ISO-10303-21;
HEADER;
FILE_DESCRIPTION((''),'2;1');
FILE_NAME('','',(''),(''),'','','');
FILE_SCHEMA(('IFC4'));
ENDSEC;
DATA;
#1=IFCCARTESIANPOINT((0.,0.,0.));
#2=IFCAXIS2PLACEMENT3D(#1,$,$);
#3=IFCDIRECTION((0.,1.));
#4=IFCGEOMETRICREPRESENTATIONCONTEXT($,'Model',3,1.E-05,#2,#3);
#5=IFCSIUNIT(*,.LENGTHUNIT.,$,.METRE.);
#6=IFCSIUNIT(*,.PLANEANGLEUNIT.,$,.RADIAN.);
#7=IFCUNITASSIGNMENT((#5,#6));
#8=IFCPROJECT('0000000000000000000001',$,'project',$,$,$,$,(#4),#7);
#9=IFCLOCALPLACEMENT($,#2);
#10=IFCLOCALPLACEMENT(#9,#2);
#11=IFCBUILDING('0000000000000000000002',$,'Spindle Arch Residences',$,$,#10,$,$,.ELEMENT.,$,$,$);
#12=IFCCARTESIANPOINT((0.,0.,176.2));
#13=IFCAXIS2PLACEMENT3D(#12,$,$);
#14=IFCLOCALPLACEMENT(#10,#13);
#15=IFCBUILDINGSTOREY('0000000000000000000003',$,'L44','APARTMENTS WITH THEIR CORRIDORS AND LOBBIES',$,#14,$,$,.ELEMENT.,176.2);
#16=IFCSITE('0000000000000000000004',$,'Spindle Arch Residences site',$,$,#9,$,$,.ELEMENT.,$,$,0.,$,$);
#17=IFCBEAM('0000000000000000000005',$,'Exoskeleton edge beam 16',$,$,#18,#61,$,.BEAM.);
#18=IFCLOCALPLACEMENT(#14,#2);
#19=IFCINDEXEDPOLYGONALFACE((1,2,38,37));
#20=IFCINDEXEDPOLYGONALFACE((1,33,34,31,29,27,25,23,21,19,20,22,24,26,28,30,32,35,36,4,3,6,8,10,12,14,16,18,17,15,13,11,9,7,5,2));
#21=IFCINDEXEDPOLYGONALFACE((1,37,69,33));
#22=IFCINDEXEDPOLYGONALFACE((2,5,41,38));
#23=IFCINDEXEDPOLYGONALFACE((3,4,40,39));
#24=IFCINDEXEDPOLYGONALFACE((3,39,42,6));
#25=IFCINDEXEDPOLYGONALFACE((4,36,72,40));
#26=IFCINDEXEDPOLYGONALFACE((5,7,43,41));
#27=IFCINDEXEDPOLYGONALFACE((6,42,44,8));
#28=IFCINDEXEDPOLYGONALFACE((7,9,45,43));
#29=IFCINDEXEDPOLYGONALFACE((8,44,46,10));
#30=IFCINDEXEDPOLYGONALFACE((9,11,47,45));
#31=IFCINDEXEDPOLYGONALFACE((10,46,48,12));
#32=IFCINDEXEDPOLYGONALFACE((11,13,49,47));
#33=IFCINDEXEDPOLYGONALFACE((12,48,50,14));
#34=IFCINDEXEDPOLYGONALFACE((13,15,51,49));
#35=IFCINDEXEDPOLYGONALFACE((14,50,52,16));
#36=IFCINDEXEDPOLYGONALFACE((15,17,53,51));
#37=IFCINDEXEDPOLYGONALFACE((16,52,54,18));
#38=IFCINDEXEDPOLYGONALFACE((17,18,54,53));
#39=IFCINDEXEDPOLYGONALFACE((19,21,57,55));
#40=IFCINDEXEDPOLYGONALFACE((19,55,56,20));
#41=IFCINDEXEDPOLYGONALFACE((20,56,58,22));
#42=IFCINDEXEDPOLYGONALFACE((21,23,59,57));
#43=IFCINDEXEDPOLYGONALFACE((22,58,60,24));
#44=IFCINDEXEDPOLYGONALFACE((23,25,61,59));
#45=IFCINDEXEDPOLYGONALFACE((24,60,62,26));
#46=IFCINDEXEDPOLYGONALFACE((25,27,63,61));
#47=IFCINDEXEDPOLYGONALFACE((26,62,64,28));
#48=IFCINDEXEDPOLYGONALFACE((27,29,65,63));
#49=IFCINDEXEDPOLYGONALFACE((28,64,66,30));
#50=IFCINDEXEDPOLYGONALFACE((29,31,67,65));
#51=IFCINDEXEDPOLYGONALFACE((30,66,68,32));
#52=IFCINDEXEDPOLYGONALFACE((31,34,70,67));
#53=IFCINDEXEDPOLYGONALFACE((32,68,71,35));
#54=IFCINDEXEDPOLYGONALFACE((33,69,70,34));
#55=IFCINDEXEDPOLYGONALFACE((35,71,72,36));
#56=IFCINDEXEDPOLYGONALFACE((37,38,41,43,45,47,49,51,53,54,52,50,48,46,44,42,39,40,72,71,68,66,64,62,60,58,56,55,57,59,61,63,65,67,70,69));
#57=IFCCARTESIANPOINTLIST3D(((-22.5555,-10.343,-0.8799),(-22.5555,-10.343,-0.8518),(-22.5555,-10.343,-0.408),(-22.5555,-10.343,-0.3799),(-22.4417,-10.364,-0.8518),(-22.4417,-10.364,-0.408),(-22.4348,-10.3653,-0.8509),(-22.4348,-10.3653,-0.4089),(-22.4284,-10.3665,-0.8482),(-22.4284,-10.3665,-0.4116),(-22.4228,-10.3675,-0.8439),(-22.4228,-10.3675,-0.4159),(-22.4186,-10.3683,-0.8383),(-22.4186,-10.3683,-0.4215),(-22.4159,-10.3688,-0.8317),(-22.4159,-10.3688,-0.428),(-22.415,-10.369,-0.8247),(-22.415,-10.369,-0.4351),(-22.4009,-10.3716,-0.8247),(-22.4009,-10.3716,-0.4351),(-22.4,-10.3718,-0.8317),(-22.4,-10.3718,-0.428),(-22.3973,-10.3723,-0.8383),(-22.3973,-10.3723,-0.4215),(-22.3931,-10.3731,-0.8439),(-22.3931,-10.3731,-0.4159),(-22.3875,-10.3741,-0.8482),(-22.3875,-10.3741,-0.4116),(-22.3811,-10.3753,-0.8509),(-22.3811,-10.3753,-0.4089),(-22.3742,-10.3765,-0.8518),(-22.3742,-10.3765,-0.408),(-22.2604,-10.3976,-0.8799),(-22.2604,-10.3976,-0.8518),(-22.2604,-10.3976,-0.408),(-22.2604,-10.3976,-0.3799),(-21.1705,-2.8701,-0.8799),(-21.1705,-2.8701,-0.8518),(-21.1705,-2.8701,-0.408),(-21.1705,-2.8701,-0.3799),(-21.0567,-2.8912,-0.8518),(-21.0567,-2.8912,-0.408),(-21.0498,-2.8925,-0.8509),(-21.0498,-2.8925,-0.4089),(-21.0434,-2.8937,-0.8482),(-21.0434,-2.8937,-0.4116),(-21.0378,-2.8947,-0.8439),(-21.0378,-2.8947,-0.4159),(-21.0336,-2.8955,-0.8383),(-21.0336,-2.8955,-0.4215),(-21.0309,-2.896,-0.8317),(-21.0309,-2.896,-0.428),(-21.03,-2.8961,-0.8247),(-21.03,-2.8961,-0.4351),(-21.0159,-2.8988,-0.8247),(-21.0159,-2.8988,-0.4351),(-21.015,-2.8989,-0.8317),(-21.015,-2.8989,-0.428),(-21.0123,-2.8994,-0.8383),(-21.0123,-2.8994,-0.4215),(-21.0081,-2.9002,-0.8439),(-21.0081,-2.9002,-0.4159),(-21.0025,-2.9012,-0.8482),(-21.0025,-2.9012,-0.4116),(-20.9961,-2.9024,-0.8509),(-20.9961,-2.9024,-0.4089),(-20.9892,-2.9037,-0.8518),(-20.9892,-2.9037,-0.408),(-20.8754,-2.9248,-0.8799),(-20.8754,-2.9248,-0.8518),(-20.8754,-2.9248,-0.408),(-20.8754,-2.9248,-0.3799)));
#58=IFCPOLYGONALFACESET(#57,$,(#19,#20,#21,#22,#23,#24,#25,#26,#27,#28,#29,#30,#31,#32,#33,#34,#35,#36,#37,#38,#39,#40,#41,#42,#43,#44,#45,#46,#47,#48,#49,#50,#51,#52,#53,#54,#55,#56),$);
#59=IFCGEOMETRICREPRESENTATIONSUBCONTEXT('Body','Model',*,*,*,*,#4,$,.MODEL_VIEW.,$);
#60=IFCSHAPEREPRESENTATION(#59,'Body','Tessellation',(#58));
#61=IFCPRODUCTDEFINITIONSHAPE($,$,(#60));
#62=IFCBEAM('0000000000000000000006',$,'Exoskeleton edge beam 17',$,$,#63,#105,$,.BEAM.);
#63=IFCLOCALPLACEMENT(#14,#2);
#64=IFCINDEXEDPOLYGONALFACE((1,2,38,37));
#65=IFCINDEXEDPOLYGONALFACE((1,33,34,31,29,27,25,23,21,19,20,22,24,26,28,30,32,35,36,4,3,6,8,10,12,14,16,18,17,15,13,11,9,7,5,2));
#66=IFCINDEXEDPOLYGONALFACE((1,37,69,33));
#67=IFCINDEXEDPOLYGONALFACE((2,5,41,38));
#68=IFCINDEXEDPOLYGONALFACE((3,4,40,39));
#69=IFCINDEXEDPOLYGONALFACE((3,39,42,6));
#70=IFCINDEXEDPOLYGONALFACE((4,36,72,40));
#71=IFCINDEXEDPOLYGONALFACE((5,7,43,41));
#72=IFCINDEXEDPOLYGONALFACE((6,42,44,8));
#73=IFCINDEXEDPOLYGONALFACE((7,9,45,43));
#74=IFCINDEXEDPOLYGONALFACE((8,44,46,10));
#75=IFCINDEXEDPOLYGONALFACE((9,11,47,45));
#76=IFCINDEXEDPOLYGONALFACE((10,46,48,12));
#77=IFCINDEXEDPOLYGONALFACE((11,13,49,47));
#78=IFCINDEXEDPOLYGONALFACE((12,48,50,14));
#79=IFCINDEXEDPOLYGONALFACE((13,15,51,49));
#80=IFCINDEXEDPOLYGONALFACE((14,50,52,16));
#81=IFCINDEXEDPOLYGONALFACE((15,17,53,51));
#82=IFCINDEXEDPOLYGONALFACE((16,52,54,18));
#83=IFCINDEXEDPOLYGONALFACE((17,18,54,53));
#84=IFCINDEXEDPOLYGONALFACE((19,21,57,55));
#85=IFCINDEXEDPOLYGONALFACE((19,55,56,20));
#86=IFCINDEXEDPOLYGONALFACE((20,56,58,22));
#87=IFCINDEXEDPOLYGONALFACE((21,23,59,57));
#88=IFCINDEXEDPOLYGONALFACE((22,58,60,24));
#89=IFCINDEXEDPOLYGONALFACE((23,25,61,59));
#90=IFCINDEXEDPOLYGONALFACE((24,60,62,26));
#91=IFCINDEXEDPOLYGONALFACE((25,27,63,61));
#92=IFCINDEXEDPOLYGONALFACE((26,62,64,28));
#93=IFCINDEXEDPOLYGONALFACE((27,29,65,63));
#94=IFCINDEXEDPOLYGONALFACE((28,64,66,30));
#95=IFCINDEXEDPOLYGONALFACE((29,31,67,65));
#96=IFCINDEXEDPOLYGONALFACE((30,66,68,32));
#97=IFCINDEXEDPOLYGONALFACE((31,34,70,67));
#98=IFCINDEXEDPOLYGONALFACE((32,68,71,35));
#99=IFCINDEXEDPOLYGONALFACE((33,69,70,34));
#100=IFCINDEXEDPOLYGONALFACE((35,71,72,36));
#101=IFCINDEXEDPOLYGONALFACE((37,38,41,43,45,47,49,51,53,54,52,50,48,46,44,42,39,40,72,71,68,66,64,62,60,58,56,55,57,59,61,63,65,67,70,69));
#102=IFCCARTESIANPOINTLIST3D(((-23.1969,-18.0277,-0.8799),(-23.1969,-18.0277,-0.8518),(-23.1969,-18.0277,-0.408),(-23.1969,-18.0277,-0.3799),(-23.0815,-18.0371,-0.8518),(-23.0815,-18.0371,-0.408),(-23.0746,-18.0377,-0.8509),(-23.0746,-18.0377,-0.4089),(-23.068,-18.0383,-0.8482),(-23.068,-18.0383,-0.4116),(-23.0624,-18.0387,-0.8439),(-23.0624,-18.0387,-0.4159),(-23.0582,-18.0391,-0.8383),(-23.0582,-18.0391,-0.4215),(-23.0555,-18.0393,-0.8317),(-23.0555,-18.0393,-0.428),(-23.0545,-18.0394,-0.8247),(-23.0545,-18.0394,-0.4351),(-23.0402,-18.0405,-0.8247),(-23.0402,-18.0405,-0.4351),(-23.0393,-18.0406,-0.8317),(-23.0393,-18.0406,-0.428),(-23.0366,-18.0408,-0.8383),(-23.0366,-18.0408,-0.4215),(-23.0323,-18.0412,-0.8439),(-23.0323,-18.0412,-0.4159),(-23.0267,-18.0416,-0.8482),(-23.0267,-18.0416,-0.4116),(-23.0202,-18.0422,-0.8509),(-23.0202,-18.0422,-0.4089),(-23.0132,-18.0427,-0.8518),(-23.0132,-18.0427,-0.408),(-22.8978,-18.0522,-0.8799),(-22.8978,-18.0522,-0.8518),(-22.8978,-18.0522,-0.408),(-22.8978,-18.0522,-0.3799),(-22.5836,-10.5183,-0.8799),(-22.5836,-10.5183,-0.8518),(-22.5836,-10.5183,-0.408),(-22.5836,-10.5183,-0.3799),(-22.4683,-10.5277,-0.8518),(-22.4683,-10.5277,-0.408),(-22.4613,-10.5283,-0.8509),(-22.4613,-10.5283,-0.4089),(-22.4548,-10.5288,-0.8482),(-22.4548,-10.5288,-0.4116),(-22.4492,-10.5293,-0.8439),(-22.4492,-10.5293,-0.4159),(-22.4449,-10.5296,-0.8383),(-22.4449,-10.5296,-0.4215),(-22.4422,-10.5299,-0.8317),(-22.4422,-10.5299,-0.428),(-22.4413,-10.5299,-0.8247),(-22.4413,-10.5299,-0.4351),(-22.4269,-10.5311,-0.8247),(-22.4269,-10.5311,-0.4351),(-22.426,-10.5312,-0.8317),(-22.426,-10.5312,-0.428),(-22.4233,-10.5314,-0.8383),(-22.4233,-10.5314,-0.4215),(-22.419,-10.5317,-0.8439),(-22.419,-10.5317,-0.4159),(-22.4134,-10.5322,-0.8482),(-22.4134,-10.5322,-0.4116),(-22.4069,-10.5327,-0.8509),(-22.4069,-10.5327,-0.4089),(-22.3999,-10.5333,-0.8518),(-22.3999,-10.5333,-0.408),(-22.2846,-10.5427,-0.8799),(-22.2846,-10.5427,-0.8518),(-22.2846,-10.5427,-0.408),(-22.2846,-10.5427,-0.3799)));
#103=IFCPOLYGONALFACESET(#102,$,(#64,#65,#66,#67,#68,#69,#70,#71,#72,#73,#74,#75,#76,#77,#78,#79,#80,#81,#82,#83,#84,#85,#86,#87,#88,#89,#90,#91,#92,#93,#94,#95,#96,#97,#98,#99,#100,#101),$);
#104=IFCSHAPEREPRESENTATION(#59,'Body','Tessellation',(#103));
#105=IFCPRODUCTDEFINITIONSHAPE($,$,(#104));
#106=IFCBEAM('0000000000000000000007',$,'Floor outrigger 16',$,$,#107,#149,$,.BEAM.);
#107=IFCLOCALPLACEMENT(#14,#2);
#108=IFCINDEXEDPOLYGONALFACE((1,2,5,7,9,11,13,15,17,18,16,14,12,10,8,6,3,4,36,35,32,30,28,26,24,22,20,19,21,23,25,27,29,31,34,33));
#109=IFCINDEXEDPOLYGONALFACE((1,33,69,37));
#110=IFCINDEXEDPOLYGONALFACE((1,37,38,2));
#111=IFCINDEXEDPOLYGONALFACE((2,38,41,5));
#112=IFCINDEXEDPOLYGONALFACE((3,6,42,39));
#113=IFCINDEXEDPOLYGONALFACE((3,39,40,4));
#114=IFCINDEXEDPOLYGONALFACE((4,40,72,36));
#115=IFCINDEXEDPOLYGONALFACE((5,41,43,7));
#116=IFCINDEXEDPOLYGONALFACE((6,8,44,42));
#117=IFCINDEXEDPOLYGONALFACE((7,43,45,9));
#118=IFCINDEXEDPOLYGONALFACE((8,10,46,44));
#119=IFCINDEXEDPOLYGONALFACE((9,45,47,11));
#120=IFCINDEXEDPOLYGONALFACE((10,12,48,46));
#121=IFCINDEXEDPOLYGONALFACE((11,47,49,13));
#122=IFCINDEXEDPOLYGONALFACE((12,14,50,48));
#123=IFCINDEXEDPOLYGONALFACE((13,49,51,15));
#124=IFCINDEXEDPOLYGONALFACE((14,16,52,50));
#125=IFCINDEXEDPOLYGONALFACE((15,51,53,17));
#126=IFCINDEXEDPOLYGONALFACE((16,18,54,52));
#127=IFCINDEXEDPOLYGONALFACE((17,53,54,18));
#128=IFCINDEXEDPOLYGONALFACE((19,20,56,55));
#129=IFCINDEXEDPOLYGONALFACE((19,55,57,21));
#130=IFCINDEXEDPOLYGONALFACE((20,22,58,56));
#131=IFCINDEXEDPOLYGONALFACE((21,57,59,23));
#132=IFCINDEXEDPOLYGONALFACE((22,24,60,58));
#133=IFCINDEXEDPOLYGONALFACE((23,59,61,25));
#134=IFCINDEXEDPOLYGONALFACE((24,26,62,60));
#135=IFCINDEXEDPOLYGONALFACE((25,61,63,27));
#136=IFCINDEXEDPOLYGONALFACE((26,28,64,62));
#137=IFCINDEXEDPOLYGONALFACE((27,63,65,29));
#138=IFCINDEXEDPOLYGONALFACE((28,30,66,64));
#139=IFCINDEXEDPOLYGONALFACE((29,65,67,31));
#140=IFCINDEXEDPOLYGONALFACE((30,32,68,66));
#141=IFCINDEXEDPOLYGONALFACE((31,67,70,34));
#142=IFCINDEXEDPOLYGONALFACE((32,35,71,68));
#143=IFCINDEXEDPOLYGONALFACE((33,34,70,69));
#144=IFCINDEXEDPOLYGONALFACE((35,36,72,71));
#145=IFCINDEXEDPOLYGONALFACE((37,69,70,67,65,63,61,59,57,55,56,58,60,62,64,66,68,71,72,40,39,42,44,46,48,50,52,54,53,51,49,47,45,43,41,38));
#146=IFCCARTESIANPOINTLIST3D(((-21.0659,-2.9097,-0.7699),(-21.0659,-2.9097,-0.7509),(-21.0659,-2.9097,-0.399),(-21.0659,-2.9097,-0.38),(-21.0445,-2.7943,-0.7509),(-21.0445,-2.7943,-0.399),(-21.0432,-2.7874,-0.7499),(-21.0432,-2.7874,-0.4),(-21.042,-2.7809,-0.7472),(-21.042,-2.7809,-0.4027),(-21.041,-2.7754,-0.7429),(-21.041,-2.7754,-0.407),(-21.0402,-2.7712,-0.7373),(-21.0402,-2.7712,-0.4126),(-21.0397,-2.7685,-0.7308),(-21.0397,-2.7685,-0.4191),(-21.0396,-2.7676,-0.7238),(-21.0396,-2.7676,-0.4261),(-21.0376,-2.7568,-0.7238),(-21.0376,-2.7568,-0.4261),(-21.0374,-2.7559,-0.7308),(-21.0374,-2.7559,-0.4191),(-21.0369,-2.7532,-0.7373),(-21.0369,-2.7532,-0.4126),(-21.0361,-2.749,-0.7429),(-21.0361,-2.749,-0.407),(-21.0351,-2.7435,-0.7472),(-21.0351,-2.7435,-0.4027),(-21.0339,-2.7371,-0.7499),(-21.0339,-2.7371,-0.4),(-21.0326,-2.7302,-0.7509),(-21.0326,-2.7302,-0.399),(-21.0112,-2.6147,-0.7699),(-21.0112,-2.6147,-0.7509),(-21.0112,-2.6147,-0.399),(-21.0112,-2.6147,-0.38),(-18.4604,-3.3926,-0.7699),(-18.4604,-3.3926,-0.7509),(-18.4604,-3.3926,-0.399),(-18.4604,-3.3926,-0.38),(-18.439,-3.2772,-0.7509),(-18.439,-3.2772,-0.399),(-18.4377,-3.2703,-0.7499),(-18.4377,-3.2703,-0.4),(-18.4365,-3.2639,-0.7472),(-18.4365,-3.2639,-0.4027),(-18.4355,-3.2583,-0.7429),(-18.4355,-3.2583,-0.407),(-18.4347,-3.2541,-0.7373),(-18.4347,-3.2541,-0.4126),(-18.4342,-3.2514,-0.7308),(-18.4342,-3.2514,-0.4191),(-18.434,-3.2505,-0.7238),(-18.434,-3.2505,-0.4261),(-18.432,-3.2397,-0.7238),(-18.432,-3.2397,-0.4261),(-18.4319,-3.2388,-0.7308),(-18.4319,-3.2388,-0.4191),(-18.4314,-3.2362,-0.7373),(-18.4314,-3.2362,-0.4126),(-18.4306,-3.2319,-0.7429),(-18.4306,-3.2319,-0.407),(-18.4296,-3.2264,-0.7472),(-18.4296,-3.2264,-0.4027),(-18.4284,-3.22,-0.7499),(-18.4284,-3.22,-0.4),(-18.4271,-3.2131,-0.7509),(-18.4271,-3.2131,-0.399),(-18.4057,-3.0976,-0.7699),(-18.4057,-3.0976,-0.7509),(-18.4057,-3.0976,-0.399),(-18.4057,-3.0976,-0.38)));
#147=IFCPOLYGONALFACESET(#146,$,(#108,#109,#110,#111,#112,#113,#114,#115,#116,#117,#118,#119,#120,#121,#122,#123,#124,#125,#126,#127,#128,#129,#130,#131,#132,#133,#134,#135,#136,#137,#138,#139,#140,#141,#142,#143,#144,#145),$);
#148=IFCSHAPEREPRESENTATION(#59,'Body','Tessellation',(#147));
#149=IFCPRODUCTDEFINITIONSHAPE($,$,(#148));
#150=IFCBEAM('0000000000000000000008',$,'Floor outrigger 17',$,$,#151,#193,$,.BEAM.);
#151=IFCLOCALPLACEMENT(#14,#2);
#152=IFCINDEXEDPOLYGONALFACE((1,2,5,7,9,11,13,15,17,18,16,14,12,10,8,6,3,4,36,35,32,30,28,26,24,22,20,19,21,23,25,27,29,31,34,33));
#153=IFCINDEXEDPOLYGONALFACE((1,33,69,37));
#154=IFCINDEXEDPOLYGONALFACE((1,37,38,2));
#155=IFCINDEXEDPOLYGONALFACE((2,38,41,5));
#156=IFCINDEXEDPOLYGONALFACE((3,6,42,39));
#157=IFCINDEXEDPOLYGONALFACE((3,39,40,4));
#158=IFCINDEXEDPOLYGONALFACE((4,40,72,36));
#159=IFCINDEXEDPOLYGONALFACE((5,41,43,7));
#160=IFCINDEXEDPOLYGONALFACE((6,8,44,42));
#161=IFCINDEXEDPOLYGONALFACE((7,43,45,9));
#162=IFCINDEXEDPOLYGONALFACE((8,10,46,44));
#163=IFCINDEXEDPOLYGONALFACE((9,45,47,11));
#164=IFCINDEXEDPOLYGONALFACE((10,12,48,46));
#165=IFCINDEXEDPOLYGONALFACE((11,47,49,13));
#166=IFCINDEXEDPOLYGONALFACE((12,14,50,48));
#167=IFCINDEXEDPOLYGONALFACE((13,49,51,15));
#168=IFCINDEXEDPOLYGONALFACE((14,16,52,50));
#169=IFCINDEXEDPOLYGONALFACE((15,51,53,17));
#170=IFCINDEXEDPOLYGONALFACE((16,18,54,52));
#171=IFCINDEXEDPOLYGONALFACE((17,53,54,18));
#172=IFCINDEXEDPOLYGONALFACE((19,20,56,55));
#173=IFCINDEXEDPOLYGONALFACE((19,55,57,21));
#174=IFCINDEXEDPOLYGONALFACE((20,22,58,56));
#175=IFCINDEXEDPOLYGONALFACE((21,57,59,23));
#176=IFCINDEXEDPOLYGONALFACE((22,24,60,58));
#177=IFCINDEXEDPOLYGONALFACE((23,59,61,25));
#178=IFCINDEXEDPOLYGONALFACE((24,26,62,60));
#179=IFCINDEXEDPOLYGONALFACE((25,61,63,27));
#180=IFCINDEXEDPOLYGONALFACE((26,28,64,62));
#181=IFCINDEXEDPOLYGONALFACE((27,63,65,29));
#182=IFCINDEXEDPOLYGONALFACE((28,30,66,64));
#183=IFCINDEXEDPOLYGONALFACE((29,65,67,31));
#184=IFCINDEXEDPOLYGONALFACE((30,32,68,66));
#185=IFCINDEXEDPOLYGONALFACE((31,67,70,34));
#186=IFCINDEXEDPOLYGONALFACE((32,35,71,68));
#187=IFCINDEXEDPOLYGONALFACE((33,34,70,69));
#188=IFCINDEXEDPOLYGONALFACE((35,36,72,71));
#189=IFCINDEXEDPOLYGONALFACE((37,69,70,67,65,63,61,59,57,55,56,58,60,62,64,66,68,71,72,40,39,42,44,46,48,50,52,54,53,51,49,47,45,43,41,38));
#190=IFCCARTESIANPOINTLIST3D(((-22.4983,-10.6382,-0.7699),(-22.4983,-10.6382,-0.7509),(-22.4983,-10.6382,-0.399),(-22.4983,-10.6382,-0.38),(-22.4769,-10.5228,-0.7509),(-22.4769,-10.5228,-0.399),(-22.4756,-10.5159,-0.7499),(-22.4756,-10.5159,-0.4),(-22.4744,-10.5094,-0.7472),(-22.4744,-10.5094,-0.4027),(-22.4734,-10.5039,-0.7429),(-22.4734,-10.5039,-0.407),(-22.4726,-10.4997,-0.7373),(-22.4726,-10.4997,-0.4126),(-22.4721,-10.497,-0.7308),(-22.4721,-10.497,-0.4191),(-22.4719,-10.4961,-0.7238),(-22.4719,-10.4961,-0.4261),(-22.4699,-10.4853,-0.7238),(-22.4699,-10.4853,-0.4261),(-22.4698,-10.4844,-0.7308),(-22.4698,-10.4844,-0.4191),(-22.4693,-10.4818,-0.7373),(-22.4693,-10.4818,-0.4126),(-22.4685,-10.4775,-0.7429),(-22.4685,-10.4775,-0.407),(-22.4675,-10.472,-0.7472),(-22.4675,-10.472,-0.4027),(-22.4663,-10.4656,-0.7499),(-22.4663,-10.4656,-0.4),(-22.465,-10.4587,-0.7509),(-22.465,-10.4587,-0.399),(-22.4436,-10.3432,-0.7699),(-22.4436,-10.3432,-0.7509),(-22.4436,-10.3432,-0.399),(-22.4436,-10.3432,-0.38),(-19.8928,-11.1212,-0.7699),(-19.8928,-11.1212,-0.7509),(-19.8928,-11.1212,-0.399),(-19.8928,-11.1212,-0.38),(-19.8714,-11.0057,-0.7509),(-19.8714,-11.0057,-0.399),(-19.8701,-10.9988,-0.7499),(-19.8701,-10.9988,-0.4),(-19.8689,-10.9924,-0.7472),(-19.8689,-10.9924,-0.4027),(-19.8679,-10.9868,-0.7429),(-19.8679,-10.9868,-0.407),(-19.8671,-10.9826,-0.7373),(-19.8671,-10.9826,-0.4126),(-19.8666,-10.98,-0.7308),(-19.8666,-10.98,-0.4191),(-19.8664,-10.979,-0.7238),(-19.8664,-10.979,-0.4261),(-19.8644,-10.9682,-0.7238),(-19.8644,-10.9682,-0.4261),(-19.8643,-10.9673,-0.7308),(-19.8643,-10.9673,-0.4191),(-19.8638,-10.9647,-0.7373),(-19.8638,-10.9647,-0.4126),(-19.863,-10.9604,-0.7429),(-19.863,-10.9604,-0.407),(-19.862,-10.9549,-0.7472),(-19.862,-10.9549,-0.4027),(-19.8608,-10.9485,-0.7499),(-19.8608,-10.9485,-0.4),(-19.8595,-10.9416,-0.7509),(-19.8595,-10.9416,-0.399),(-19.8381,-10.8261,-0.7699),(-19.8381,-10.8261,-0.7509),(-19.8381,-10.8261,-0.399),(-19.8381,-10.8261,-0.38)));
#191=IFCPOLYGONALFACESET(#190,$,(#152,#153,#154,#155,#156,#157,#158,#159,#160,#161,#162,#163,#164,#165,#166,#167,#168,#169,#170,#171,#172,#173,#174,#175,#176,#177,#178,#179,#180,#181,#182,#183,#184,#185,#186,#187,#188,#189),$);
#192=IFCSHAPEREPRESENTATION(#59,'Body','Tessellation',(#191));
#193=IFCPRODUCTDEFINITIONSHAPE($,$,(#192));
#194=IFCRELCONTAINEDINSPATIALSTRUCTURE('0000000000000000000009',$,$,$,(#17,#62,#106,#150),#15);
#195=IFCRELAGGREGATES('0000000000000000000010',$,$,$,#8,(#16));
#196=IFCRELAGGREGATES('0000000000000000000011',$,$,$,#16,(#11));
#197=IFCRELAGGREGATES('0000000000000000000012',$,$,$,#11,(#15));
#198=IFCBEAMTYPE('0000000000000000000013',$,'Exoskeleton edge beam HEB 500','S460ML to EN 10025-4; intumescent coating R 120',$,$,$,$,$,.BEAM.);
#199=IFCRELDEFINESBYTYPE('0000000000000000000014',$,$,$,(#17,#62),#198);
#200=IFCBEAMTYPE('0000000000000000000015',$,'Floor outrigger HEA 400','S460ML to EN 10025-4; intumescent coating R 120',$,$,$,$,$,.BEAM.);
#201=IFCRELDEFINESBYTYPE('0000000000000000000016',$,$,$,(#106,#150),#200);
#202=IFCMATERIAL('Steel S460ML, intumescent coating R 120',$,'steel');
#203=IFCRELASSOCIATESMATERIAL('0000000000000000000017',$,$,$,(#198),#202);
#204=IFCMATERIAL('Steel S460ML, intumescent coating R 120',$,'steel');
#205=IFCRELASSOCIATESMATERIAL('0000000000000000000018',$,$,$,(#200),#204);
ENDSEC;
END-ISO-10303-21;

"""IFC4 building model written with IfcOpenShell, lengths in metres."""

from ifc_helpers import new_model, si_unit, direction, frame, origin, origin_2d, place, context, subcontext, project, spatial, i_section, extrude, material, material_profile, profile_set, type_object, element, save


model = new_model("IFC4")

# Units and contexts
model_context = context("Model", 3, precision=1e-05, world=origin(), true_north=direction((0.0, 1.0)))
body_context = subcontext(model_context, "Body", "Model", "MODEL_VIEW")
ifc_project = project(units=[si_unit("LENGTHUNIT", "METRE"), si_unit("PLANEANGLEUNIT", "RADIAN")], contexts=[model_context])

# Site, building, storey
site_placement = place(None, origin())
site = spatial("IfcSite", under=ifc_project, at=site_placement, Name="Spindle Arch Residences site", CompositionType="ELEMENT", RefElevation=0.0)
building_placement = place(site_placement, origin())
building = spatial("IfcBuilding", under=site, at=building_placement, Name="Spindle Arch Residences", CompositionType="ELEMENT")
storey_placement = place(building_placement, frame((0.0, 0.0, 176.2)))
storey = spatial("IfcBuildingStorey", under=building, at=storey_placement, Name="L44", Description="APARTMENTS WITH THEIR CORRIDORS AND LOBBIES", CompositionType="ELEMENT", Elevation=176.2)

# Beams
ifc_material_1 = material(Name="Steel S460ML, intumescent coating R 120", Category="steel")
ifc_material_profile_1 = material_profile(ifc_material_1, i_section(OverallWidth=0.3, OverallDepth=0.5, WebThickness=0.0144, FlangeThickness=0.0281, FilletRadius=0.0271, at=origin_2d()), Name="HEB 500")
ifc_profile_set_1 = profile_set([ifc_material_profile_1], Name="Steel S460ML, intumescent coating R 120")
beam_type_1 = type_object("IfcBeamType", Name="Exoskeleton edge beam HEB 500", Description="S460ML to EN 10025-4; intumescent coating R 120", PredefinedType="BEAM", material=ifc_profile_set_1)
beam_1_placement = place(storey_placement, frame((-21.0229, -2.8975, -0.6299), z_axis=(-0.182234, -0.983255, 0.0), x_axis=(0.983255, -0.182234, 0.0)))
element("IfcBeam", 1, at=beam_1_placement, inside=storey, type_object=beam_type_1, Name="Exoskeleton edge beam 16", PredefinedType="BEAM", context=body_context, shape_type="SweptSolid", body=[
    extrude(i_section(OverallWidth=0.3, OverallDepth=0.5, WebThickness=0.0144, FlangeThickness=0.0281, FilletRadius=0.0271, at=origin_2d()), origin(), (0.0, 0.0, 1.0), 7.6001),
])
beam_2_placement = place(storey_placement, frame((-22.4341, -10.5305, -0.6299), z_axis=(-0.081396, -0.996682, 0.0), x_axis=(0.996682, -0.081396, 0.0)))
element("IfcBeam", 2, at=beam_2_placement, inside=storey, type_object=beam_type_1, Name="Exoskeleton edge beam 17", PredefinedType="BEAM", context=body_context, shape_type="SweptSolid", body=[
    extrude(i_section(OverallWidth=0.3, OverallDepth=0.5, WebThickness=0.0144, FlangeThickness=0.0281, FilletRadius=0.0271, at=origin_2d()), origin(), (0.0, 0.0, 1.0), 7.5344),
])
ifc_material_2 = material(Name="Steel S460ML, intumescent coating R 120", Category="steel")
ifc_material_profile_2 = material_profile(ifc_material_2, i_section(OverallWidth=0.3, OverallDepth=0.3899, WebThickness=0.011, FlangeThickness=0.019, FilletRadius=0.0271, at=origin_2d()), Name="HEA 400")
ifc_profile_set_2 = profile_set([ifc_material_profile_2], Name="Steel S460ML, intumescent coating R 120")
beam_type_2 = type_object("IfcBeamType", Name="Floor outrigger HEA 400", Description="S460ML to EN 10025-4; intumescent coating R 120", PredefinedType="BEAM", material=ifc_profile_set_2)
for number, where, z_axis, x_axis, name in (
    (3, (-21.0386, -2.7622, -0.575), (0.983254, -0.182241, 0.0), (0.182241, 0.983254, 0.0), "Floor outrigger 16"),
    (4, (-22.4709, -10.4907, -0.575), (0.983254, -0.182241, 0.0), (0.182241, 0.983254, 0.0), "Floor outrigger 17"),
):
    element("IfcBeam", number, at=place(storey_placement, frame(where, z_axis=z_axis, x_axis=x_axis)), inside=storey, type_object=beam_type_2, Name=name, PredefinedType="BEAM", context=body_context, shape_type="SweptSolid", body=[
        extrude(i_section(OverallWidth=0.3, OverallDepth=0.3899, WebThickness=0.011, FlangeThickness=0.019, FilletRadius=0.0271, at=origin_2d()), origin(), (0.0, 0.0, 1.0), 2.6499),
    ])

save(model, "model.ifc")
